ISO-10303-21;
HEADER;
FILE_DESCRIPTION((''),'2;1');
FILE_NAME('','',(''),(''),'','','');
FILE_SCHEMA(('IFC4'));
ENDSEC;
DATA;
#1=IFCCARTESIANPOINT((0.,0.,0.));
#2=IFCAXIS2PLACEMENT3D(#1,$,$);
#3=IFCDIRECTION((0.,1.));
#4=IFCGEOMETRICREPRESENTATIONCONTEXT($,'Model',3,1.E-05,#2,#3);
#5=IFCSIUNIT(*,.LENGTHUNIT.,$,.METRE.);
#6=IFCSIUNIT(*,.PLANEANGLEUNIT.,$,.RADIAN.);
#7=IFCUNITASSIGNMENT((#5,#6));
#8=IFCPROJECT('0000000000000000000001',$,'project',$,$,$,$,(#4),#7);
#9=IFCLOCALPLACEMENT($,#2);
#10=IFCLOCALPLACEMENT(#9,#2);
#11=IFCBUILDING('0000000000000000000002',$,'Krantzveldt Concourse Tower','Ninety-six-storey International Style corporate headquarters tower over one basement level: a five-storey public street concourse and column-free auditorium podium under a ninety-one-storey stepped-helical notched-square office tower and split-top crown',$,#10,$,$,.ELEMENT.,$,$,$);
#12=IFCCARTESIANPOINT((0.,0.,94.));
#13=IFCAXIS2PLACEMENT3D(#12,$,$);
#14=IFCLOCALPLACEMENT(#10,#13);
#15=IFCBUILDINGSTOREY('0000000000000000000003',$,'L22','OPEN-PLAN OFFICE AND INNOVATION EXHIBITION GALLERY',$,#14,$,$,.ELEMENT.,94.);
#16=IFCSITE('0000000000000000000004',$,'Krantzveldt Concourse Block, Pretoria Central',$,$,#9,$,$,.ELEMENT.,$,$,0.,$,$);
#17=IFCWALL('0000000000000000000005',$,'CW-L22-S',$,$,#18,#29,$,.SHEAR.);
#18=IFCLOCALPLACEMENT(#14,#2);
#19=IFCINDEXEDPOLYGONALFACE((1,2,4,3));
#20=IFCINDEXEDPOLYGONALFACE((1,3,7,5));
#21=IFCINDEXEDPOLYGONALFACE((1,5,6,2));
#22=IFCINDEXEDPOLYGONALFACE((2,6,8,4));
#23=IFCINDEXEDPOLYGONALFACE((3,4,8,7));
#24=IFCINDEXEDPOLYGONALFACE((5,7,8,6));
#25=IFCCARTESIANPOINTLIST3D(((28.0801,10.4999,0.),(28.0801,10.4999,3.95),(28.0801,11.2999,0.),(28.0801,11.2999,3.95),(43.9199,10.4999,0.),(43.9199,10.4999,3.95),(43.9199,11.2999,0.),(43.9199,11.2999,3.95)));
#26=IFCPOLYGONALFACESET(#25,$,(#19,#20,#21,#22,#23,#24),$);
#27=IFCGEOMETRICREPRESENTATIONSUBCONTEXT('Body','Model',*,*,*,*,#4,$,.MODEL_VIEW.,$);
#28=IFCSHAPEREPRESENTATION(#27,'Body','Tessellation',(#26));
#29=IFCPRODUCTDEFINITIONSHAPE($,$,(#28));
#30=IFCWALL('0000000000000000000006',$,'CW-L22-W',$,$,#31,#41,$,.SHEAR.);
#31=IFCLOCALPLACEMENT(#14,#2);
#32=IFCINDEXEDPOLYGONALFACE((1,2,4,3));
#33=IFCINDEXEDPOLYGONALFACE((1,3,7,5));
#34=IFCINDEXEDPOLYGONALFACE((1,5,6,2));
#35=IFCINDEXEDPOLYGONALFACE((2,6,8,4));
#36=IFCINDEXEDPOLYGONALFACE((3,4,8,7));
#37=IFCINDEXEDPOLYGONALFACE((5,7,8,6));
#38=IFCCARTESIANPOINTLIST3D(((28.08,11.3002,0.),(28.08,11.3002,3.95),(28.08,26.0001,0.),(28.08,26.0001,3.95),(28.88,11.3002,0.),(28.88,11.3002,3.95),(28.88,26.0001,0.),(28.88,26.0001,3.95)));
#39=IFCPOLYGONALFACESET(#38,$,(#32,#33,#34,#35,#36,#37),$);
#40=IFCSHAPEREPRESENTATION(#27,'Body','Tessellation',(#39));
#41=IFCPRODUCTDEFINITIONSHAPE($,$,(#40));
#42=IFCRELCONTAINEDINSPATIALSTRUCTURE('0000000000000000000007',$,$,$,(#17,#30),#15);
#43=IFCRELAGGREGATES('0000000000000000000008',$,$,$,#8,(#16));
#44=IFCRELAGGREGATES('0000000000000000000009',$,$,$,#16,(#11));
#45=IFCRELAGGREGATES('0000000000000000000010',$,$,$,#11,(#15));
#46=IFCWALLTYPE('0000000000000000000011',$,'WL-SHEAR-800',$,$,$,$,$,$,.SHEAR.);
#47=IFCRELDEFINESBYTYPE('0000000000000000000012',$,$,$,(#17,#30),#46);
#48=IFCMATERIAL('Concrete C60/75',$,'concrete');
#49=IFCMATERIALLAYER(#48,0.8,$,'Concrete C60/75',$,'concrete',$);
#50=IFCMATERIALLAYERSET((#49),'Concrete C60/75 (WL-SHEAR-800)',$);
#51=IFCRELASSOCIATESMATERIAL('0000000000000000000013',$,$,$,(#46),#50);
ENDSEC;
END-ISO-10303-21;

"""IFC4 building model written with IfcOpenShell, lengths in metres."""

from ifc_helpers import new_model, si_unit, direction, frame, frame_2d, origin, place, context, subcontext, project, spatial, rectangle, extrude, material, layer, layer_set, type_object, element, save


model = new_model("IFC4")

# Units and contexts
model_context = context("Model", 3, precision=1e-05, world=origin(), true_north=direction((0.0, 1.0)))
body_context = subcontext(model_context, "Body", "Model", "MODEL_VIEW")
ifc_project = project(units=[si_unit("LENGTHUNIT", "METRE"), si_unit("PLANEANGLEUNIT", "RADIAN")], contexts=[model_context])

# Site, building, storey
site_placement = place(None, origin())
site = spatial("IfcSite", under=ifc_project, at=site_placement, Name="Krantzveldt Concourse Block, Pretoria Central", CompositionType="ELEMENT", RefElevation=0.0)
building_placement = place(site_placement, origin())
building = spatial("IfcBuilding", under=site, at=building_placement, Name="Krantzveldt Concourse Tower", Description="Ninety-six-storey International Style corporate headquarters tower over one basement level: a five-storey public street concourse and column-free auditorium podium under a ninety-one-storey stepped-helical notched-square office tower and split-top crown", CompositionType="ELEMENT")
storey_placement = place(building_placement, frame((0.0, 0.0, 94.0)))
storey = spatial("IfcBuildingStorey", under=building, at=storey_placement, Name="L22", Description="OPEN-PLAN OFFICE AND INNOVATION EXHIBITION GALLERY", CompositionType="ELEMENT", Elevation=94.0)

# Walls
ifc_material_1 = material(Name="Concrete C60/75", Category="concrete")
ifc_layer_1 = layer(ifc_material_1, 0.8, Name="Concrete C60/75", Category="concrete")
ifc_layer_set_1 = layer_set([ifc_layer_1], Name="Concrete C60/75 (WL-SHEAR-800)")
wall_type_1 = type_object("IfcWallType", Name="WL-SHEAR-800", PredefinedType="SHEAR", material=ifc_layer_set_1)
wall_1_placement = place(storey_placement, frame((28.0801, 10.8999, 0.0), z_axis=(0.0, 0.0, 1.0), x_axis=(1.0, 0.0, 0.0)))
element("IfcWall", 1, at=wall_1_placement, inside=storey, type_object=wall_type_1, Name="CW-L22-S", PredefinedType="SHEAR", context=body_context, shape_type="SweptSolid", body=[
    extrude(rectangle(XDim=15.8398, YDim=0.8, at=frame_2d((7.9199, 0.0))), origin(), (0.0, 0.0, 1.0), 3.95),
])
wall_2_placement = place(storey_placement, frame((28.48, 11.3, 0.0), z_axis=(0.0, 0.0, 1.0), x_axis=(0.0, 1.0, 0.0)))
element("IfcWall", 2, at=wall_2_placement, inside=storey, type_object=wall_type_1, Name="CW-L22-W", PredefinedType="SHEAR", context=body_context, shape_type="SweptSolid", body=[
    extrude(rectangle(XDim=14.7, YDim=0.8, at=frame_2d((7.3501, 0.0))), origin(), (0.0, 0.0, 1.0), 3.95),
])

save(model, "model.ifc")
